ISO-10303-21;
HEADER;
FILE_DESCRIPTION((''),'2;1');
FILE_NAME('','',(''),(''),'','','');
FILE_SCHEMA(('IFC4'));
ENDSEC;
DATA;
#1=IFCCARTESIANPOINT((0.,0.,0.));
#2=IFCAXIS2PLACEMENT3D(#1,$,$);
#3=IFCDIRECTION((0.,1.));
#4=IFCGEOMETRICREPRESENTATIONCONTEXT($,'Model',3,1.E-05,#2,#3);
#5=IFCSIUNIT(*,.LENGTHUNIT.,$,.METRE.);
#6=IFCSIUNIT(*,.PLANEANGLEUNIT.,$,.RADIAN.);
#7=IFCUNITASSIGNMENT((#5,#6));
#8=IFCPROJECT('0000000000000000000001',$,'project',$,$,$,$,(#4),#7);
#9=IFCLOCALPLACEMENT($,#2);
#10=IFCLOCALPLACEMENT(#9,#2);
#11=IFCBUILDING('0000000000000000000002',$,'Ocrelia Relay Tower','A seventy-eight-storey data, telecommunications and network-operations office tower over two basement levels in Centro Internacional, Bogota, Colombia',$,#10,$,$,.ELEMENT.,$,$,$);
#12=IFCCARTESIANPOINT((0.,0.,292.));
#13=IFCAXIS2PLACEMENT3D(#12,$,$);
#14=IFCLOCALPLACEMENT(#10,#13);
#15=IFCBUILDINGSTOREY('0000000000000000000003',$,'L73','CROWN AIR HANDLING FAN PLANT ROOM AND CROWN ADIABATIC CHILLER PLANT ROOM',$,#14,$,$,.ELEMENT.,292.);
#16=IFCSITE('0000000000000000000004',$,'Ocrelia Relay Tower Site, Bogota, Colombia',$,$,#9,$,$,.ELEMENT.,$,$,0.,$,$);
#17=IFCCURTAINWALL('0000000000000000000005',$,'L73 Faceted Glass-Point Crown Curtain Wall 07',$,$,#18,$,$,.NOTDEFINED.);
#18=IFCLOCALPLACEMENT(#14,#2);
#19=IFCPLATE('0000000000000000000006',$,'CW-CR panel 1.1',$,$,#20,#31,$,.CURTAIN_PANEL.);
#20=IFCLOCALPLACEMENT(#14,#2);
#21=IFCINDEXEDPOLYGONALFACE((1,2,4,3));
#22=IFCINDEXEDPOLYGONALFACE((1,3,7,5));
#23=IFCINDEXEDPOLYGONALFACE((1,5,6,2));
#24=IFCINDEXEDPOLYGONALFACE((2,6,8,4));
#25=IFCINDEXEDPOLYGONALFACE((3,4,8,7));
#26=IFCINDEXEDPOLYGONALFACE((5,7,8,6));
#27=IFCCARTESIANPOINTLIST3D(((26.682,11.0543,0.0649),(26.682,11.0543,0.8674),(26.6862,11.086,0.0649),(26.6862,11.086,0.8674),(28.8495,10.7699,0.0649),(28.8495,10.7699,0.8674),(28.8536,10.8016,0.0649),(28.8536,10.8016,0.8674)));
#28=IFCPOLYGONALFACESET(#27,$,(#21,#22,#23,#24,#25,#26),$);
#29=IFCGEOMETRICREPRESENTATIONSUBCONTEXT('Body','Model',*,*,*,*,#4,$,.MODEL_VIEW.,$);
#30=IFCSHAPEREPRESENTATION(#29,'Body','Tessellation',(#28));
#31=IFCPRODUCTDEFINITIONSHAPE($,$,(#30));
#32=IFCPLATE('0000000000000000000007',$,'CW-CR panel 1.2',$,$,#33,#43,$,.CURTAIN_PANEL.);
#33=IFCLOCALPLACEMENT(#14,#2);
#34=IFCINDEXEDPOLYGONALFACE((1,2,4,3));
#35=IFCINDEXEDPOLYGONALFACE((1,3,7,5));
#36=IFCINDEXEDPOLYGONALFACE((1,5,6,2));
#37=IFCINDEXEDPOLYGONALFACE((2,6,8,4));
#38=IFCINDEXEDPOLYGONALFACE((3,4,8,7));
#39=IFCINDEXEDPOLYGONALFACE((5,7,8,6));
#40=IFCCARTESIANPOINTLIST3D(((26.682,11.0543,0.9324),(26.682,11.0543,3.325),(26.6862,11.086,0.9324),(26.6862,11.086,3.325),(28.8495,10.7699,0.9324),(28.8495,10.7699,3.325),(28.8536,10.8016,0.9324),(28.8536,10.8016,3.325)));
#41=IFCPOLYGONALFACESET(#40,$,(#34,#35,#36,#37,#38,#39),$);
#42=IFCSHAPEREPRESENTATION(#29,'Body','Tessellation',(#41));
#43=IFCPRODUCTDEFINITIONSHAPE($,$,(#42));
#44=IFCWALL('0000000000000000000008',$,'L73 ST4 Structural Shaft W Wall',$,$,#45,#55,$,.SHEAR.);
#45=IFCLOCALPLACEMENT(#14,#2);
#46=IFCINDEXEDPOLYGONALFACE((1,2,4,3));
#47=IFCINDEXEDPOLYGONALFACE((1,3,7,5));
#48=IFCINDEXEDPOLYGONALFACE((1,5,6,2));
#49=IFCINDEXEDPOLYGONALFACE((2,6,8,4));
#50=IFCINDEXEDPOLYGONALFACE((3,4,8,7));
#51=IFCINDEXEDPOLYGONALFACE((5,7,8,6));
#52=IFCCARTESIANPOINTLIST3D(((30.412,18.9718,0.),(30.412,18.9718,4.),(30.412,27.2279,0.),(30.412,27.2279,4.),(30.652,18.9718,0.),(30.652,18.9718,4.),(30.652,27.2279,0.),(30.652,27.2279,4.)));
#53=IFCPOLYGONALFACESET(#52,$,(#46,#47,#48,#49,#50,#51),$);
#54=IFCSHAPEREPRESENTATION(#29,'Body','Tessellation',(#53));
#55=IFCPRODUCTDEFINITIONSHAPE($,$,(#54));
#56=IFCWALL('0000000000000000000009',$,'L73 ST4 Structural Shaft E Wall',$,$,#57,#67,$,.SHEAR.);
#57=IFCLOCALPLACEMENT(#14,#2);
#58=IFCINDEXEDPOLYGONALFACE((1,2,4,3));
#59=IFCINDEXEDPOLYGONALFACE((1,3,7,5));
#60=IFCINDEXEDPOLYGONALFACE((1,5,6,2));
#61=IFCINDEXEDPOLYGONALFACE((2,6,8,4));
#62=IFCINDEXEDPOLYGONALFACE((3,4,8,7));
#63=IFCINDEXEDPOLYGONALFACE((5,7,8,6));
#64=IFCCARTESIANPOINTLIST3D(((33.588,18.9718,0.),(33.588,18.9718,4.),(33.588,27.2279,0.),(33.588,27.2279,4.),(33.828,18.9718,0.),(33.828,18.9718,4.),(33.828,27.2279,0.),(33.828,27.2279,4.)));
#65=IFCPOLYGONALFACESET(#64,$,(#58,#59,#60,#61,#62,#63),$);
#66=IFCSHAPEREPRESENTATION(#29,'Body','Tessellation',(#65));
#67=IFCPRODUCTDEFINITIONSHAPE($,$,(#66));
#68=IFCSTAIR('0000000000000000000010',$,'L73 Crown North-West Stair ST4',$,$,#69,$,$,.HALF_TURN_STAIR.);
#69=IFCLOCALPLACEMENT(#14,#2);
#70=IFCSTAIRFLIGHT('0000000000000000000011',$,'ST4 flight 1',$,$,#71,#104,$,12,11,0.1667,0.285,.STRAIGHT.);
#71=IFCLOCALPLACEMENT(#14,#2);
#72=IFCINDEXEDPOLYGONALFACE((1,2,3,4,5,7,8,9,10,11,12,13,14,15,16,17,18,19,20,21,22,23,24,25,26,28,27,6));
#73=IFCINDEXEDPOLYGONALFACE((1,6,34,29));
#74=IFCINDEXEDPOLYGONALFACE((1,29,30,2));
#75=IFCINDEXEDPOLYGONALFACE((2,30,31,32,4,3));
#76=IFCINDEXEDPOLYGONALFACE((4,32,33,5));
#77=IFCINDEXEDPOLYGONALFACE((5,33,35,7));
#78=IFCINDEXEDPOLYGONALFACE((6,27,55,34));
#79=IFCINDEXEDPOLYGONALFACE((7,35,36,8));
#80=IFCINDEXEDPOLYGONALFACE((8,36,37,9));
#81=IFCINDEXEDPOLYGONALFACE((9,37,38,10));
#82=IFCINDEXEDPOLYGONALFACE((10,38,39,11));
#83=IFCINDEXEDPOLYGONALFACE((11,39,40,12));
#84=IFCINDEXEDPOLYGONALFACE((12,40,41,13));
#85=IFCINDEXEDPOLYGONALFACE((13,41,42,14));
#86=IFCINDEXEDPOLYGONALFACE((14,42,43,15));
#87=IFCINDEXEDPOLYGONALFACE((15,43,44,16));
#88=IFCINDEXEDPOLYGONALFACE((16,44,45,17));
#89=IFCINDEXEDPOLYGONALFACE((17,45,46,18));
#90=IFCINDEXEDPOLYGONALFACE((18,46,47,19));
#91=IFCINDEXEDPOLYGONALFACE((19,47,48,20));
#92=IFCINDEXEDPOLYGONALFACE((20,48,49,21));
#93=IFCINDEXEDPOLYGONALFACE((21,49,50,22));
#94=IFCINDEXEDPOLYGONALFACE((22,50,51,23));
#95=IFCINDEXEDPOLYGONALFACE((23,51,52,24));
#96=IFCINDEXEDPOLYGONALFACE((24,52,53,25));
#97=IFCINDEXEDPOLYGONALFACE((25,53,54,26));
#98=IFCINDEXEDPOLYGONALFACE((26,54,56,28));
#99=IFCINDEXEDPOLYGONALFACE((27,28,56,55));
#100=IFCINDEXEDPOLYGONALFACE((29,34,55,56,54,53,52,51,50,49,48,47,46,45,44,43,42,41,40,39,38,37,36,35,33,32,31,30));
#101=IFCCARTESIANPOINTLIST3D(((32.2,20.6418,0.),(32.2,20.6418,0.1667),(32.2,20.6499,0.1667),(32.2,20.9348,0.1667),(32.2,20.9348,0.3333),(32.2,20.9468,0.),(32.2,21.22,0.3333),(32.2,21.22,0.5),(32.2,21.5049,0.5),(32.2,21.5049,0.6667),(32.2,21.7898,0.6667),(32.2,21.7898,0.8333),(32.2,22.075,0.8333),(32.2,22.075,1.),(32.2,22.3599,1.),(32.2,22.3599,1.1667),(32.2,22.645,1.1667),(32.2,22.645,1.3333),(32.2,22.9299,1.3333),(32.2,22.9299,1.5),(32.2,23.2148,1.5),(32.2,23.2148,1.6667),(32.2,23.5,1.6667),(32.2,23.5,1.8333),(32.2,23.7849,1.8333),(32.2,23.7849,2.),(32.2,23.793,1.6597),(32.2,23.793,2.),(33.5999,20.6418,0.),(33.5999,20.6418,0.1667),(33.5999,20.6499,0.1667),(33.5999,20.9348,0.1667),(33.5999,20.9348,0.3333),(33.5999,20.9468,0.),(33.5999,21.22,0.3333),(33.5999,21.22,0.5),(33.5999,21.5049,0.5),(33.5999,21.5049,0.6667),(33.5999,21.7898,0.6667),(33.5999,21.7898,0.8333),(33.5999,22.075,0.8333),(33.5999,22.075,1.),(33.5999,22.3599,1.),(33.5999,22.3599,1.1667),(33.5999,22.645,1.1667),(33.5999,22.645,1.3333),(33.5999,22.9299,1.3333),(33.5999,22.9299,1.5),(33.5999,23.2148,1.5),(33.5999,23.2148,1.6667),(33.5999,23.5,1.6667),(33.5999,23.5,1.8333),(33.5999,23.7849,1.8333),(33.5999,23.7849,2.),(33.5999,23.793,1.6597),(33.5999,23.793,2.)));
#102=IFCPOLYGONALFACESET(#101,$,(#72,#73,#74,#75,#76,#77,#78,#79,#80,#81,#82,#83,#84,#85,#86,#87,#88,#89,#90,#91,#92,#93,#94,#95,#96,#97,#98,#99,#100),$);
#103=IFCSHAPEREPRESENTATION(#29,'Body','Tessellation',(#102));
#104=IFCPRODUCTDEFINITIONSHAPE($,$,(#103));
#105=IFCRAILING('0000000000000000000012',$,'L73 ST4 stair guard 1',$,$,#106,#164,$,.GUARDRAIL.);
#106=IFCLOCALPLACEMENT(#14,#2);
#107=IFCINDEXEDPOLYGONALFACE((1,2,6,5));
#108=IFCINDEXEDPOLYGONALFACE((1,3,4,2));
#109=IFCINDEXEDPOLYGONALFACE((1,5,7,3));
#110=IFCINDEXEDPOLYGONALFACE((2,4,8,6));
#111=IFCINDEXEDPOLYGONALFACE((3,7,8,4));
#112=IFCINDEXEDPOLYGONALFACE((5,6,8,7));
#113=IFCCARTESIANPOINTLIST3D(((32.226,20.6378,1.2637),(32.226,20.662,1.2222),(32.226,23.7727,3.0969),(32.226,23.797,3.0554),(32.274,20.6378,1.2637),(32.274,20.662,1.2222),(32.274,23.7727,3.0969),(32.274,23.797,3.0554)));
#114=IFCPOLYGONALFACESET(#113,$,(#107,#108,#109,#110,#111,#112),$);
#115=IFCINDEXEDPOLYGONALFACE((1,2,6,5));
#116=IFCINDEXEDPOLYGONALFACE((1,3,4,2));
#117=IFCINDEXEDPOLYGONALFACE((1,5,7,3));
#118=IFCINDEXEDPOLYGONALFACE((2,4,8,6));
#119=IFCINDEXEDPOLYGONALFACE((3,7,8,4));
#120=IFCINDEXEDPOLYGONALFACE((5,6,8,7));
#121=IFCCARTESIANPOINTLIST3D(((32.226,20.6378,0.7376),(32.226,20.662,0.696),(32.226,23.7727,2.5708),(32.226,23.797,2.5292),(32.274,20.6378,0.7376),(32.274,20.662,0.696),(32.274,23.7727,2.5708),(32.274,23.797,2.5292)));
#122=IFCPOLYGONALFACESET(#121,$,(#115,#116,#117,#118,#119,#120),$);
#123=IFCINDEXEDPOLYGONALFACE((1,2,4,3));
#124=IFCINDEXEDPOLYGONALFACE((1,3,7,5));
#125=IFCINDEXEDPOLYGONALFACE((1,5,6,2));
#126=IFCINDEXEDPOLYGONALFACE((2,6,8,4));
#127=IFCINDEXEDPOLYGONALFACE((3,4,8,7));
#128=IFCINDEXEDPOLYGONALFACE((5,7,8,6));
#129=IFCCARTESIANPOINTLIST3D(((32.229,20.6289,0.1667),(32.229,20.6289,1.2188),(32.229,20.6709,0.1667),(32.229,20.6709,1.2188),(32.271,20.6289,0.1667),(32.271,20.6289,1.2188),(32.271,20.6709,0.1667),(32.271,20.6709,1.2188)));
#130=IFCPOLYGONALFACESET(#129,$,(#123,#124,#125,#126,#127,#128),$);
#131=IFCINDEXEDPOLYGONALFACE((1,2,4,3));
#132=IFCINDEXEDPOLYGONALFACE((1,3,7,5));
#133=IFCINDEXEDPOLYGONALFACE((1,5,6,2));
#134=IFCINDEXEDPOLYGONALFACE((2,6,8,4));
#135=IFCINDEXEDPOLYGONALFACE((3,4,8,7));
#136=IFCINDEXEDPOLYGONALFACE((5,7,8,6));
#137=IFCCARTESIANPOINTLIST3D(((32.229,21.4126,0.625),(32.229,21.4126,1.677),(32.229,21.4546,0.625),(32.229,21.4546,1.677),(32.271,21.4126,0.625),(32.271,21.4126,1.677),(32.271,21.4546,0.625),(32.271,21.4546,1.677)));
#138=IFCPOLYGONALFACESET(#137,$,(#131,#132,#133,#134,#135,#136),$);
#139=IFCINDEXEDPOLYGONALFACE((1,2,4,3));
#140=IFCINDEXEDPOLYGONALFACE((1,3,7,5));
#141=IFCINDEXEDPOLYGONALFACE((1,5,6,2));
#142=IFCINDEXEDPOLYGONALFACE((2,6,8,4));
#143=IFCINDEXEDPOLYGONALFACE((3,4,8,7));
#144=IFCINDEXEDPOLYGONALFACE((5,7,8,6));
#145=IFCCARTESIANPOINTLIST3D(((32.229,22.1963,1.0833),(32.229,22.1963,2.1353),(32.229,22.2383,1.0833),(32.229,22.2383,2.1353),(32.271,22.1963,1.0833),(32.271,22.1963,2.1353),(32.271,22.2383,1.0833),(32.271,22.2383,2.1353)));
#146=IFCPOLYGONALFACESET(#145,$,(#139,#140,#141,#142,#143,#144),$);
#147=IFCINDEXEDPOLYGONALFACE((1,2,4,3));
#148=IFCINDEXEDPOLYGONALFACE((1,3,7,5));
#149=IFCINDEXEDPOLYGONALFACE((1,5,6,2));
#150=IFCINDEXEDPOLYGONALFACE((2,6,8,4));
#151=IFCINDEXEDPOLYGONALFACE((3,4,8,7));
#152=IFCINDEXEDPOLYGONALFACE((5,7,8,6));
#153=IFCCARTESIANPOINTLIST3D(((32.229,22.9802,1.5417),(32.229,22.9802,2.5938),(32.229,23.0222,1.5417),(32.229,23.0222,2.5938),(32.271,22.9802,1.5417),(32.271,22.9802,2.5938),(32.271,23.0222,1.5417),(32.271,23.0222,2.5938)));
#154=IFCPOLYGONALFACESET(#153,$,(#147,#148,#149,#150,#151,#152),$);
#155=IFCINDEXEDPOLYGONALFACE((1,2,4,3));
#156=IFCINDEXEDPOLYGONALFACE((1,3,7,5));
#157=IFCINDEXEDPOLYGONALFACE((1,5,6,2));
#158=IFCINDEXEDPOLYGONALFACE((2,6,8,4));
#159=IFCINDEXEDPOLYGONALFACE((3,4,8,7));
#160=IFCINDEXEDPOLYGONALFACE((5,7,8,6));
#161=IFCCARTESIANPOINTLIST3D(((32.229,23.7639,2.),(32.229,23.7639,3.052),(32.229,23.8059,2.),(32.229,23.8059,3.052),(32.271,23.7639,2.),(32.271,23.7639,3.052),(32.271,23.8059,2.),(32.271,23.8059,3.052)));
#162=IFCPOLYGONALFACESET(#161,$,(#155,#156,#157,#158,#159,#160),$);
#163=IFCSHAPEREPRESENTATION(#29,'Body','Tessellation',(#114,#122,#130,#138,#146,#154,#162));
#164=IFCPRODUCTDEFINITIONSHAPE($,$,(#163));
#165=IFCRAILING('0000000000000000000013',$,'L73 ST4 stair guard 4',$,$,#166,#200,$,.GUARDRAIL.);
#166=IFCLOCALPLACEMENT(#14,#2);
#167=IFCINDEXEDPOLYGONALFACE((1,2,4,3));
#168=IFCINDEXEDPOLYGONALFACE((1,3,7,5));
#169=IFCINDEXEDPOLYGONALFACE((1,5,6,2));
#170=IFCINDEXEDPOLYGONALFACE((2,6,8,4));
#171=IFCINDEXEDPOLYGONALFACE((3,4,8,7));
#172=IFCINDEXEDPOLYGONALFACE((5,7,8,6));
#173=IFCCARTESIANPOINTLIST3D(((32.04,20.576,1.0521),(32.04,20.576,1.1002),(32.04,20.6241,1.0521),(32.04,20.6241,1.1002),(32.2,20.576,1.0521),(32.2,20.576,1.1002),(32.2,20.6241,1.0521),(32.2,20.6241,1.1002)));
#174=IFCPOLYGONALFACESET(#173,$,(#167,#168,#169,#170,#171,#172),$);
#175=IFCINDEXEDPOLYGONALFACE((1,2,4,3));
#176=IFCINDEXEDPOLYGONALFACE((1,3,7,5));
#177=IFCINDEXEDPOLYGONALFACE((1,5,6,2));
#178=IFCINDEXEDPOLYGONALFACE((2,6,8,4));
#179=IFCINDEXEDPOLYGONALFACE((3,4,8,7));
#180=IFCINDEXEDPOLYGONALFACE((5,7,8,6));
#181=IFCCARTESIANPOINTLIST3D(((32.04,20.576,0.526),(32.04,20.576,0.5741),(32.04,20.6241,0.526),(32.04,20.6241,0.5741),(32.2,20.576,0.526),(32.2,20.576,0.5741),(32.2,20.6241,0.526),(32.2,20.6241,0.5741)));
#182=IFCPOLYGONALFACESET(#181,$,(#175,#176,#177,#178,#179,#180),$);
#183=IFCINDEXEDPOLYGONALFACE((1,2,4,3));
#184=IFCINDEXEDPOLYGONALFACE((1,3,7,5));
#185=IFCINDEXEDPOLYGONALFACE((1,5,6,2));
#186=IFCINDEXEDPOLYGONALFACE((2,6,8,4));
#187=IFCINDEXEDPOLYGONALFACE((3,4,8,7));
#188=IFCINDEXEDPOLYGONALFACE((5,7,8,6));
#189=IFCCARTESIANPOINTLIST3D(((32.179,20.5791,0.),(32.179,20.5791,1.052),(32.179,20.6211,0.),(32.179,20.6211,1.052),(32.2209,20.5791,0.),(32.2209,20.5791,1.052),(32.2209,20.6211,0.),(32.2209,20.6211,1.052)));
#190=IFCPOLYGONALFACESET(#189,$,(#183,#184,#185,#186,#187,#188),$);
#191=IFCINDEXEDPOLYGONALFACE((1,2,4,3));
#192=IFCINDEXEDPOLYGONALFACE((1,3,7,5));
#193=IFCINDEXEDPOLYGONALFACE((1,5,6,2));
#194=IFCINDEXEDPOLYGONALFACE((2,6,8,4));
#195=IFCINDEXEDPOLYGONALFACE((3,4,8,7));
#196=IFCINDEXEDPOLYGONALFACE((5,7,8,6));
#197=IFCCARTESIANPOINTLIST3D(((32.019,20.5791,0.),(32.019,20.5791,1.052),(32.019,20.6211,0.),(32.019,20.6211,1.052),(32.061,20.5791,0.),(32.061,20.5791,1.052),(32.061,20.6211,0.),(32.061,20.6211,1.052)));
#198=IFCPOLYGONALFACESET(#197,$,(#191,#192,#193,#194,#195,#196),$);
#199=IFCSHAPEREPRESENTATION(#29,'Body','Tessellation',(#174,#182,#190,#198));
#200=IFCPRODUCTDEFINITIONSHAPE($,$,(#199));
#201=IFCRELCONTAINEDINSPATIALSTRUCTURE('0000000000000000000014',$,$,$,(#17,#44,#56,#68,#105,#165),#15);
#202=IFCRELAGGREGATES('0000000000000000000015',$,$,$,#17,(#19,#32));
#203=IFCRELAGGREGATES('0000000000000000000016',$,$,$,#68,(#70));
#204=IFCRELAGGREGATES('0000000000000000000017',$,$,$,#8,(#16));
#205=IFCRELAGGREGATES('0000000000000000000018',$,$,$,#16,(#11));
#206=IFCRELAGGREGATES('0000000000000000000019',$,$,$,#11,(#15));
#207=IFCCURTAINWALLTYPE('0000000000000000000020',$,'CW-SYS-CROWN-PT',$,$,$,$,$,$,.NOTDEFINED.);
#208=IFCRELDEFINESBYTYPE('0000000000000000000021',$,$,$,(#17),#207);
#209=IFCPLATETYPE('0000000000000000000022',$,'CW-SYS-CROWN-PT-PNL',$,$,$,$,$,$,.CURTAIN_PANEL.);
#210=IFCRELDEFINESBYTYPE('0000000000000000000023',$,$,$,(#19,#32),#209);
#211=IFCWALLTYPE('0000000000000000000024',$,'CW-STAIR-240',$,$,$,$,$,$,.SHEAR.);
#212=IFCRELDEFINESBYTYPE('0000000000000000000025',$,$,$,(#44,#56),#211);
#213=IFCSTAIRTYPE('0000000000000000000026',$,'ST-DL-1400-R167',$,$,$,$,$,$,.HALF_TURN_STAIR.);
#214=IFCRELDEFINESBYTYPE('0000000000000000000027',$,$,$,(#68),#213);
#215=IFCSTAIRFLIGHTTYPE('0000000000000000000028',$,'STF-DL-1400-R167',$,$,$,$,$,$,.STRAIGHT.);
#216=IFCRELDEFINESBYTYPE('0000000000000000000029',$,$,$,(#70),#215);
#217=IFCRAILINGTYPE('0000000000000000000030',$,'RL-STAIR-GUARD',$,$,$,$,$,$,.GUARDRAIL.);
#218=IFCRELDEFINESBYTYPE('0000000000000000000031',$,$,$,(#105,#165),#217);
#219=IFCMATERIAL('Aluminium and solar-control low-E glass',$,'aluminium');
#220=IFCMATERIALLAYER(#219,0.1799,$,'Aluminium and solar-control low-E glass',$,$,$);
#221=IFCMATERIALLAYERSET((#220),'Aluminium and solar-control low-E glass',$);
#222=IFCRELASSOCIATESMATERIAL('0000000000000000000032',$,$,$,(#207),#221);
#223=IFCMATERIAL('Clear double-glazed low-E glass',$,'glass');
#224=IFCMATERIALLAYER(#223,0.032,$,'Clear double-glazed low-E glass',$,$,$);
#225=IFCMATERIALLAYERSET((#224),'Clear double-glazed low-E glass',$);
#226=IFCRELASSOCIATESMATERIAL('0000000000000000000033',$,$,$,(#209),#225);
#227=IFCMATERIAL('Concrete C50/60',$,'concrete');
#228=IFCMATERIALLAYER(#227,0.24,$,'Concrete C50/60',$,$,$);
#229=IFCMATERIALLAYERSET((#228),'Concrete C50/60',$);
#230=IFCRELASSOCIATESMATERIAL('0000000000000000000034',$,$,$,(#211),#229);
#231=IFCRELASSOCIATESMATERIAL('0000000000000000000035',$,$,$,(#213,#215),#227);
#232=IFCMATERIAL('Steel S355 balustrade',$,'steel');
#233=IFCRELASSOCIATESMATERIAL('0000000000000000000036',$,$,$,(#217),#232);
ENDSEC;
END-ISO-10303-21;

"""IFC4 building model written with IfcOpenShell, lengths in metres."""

from ifc_helpers import new_model, si_unit, direction, frame, frame_2d, origin, origin_2d, place, context, subcontext, project, spatial, polyline, rectangle, outline, extrude, material, layer, layer_set, type_object, element, aggregate, save


model = new_model("IFC4")

# Units and contexts
model_context = context("Model", 3, precision=1e-05, world=origin(), true_north=direction((0.0, 1.0)))
body_context = subcontext(model_context, "Body", "Model", "MODEL_VIEW")
ifc_project = project(units=[si_unit("LENGTHUNIT", "METRE"), si_unit("PLANEANGLEUNIT", "RADIAN")], contexts=[model_context])

# Site, building, storey
site_placement = place(None, origin())
site = spatial("IfcSite", under=ifc_project, at=site_placement, Name="Ocrelia Relay Tower Site, Bogota, Colombia", CompositionType="ELEMENT", RefElevation=0.0)
building_placement = place(site_placement, origin())
building = spatial("IfcBuilding", under=site, at=building_placement, Name="Ocrelia Relay Tower", Description="A seventy-eight-storey data, telecommunications and network-operations office tower over two basement levels in Centro Internacional, Bogota, Colombia", CompositionType="ELEMENT")
storey_placement = place(building_placement, frame((0.0, 0.0, 292.0)))
storey = spatial("IfcBuildingStorey", under=building, at=storey_placement, Name="L73", Description="CROWN AIR HANDLING FAN PLANT ROOM AND CROWN ADIABATIC CHILLER PLANT ROOM", CompositionType="ELEMENT", Elevation=292.0)

# Curtain wall
ifc_material_1 = material(Name="Aluminium and solar-control low-E glass", Category="aluminium")
ifc_layer_1 = layer(ifc_material_1, 0.1799, Name="Aluminium and solar-control low-E glass")
ifc_layer_set_1 = layer_set([ifc_layer_1], Name="Aluminium and solar-control low-E glass")
curtain_wall_type = type_object("IfcCurtainWallType", Name="CW-SYS-CROWN-PT", PredefinedType="NOTDEFINED", material=ifc_layer_set_1)
curtain_wall_placement = place(storey_placement, origin())
curtain_wall = element("IfcCurtainWall", 1, at=curtain_wall_placement, inside=storey, type_object=curtain_wall_type, Name="L73 Faceted Glass-Point Crown Curtain Wall 07", PredefinedType="NOTDEFINED")

# Plates
ifc_material_2 = material(Name="Clear double-glazed low-E glass", Category="glass")
ifc_layer_2 = layer(ifc_material_2, 0.032, Name="Clear double-glazed low-E glass")
ifc_layer_set_2 = layer_set([ifc_layer_2], Name="Clear double-glazed low-E glass")
plate_type = type_object("IfcPlateType", Name="CW-SYS-CROWN-PT-PNL", PredefinedType="CURTAIN_PANEL", material=ifc_layer_set_2)
plate_1_placement = place(storey_placement, frame((27.7678, 10.928, 0.0649), z_axis=(0.0, 0.0, 1.0), x_axis=(0.9915, -0.130108, 0.0)))
plate_1 = element("IfcPlate", 2, at=plate_1_placement, type_object=plate_type, Name="CW-CR panel 1.1", PredefinedType="CURTAIN_PANEL", context=body_context, shape_type="SweptSolid", body=[
    extrude(rectangle(XDim=2.186, YDim=0.032, at=origin_2d()), origin(), (0.0, 0.0, 1.0), 0.8025),
])
plate_2_placement = place(storey_placement, frame((27.7678, 10.928, 0.9324), z_axis=(0.0, 0.0, 1.0), x_axis=(0.9915, -0.130108, 0.0)))
plate_2 = element("IfcPlate", 3, at=plate_2_placement, type_object=plate_type, Name="CW-CR panel 1.2", PredefinedType="CURTAIN_PANEL", context=body_context, shape_type="SweptSolid", body=[
    extrude(rectangle(XDim=2.186, YDim=0.032, at=origin_2d()), origin(), (0.0, 0.0, 1.0), 2.3926),
])
aggregate(curtain_wall, [plate_1, plate_2])

# Shared definitions
ifc_material_3 = material(Name="Concrete C50/60", Category="concrete")
ifc_layer_3 = layer(ifc_material_3, 0.24, Name="Concrete C50/60")
ifc_layer_set_3 = layer_set([ifc_layer_3], Name="Concrete C50/60")
wall_type = type_object("IfcWallType", Name="CW-STAIR-240", PredefinedType="SHEAR", material=ifc_layer_set_3)

# Walls
for number, where, z_axis, x_axis, name in (
    (4, (30.532, 18.9719, 0.0), (0.0, 0.0, 1.0), (0.0, 1.0, 0.0), "L73 ST4 Structural Shaft W Wall"),
    (5, (33.708, 18.9719, 0.0), (0.0, 0.0, 1.0), (0.0, 1.0, 0.0), "L73 ST4 Structural Shaft E Wall"),
):
    element("IfcWall", number, at=place(storey_placement, frame(where, z_axis=z_axis, x_axis=x_axis)), inside=storey, type_object=wall_type, Name=name, PredefinedType="SHEAR", context=body_context, shape_type="SweptSolid", body=[
        extrude(rectangle(XDim=8.2561, YDim=0.24, at=frame_2d((4.1279, 0.0))), origin(), (0.0, 0.0, 1.0), 4.0),
    ])

# Stair, stair flight
stair_type = type_object("IfcStairType", Name="ST-DL-1400-R167", PredefinedType="HALF_TURN_STAIR", material=ifc_material_3)
stair_placement = place(storey_placement, origin())
stair = element("IfcStair", 6, at=stair_placement, inside=storey, type_object=stair_type, Name="L73 Crown North-West Stair ST4", PredefinedType="HALF_TURN_STAIR")
stair_flight_type = type_object("IfcStairFlightType", Name="STF-DL-1400-R167", PredefinedType="STRAIGHT", material=ifc_material_3)
stair_flight_placement = place(storey_placement, frame((32.8999, 20.6499, 0.0), z_axis=(0.0, 0.0, 1.0), x_axis=(0.0, 1.0, 0.0)))
stair_flight = element("IfcStairFlight", 7, at=stair_flight_placement, type_object=stair_flight_type, Name="ST4 flight 1", NumberOfRisers=12, NumberOfTreads=11, PredefinedType="STRAIGHT", RiserHeight=0.1667, TreadLength=0.285, context=body_context, shape_type="SweptSolid", body=[
    extrude(outline(polyline([(-0.0081, 0.0), (-0.0081, 0.1667), (0.0, 0.1667), (0.2849, 0.1667), (0.2849, 0.3333), (0.5701, 0.3333), (0.5701, 0.5), (0.855, 0.5), (0.855, 0.6667), (1.1399, 0.6667), (1.1399, 0.8333), (1.425, 0.8333), (1.425, 1.0), (1.71, 1.0), (1.71, 1.1667), (1.9951, 1.1667), (1.9951, 1.3333), (2.28, 1.3333), (2.28, 1.5), (2.5649, 1.5), (2.5649, 1.6667), (2.8501, 1.6667), (2.8501, 1.8333), (3.135, 1.8333), (3.135, 2.0), (3.1431, 2.0), (3.1431, 1.6597), (0.2969, 0.0), (-0.0081, 0.0)])), frame((0.0, 0.7, 0.0), z_axis=(0.0, -1.0, 0.0), x_axis=(1.0, 0.0, 0.0)), (0.0, 0.0, 1.0), 1.3999),
])
aggregate(stair, [stair_flight])

# Railings
ifc_material_4 = material(Name="Steel S355 balustrade", Category="steel")
railing_type_1 = type_object("IfcRailingType", Name="RL-STAIR-GUARD", PredefinedType="GUARDRAIL", material=ifc_material_4)
railing_1_placement = place(storey_placement, frame((32.25, 20.6499, 0.1667)))
element("IfcRailing", 8, at=railing_1_placement, inside=storey, type_object=railing_type_1, Name="L73 ST4 stair guard 1", PredefinedType="GUARDRAIL", context=body_context, shape_type="SweptSolid", body=[
    extrude(rectangle(XDim=0.0481, YDim=0.0481, at=origin_2d()), frame((0.0, 0.0, 1.0762), z_axis=(0.0, 0.86324, 0.504794), x_axis=(-1.0, 0.0, 0.0)), (0.0, 0.0, 1.0), 3.6316),
    extrude(rectangle(XDim=0.0481, YDim=0.0481, at=origin_2d()), frame((0.0, 0.0, 0.55), z_axis=(0.0, 0.86324, 0.504794), x_axis=(-1.0, 0.0, 0.0)), (0.0, 0.0, 1.0), 3.6316),
    extrude(rectangle(XDim=0.042, YDim=0.042, at=origin_2d()), origin(), (0.0, 0.0, 1.0), 1.052),
    extrude(rectangle(XDim=0.042, YDim=0.042, at=origin_2d()), frame((0.0, 0.7837, 0.4583)), (0.0, 0.0, 1.0), 1.052),
    extrude(rectangle(XDim=0.042, YDim=0.042, at=origin_2d()), frame((0.0, 1.5674, 0.9165)), (0.0, 0.0, 1.0), 1.052),
    extrude(rectangle(XDim=0.042, YDim=0.042, at=origin_2d()), frame((0.0, 2.3513, 1.375)), (0.0, 0.0, 1.0), 1.052),
    extrude(rectangle(XDim=0.042, YDim=0.042, at=origin_2d()), frame((0.0, 3.135, 1.8333)), (0.0, 0.0, 1.0), 1.052),
])
railing_2_placement = place(storey_placement, frame((32.2, 20.6001, 0.0)))
element("IfcRailing", 9, at=railing_2_placement, inside=storey, type_object=railing_type_1, Name="L73 ST4 stair guard 4", PredefinedType="GUARDRAIL", context=body_context, shape_type="SweptSolid", body=[
    extrude(rectangle(XDim=0.0481, YDim=0.0481, at=origin_2d()), frame((0.0, 0.0, 1.0762), z_axis=(-1.0, 0.0, 0.0), x_axis=(0.0, -1.0, 0.0)), (0.0, 0.0, 1.0), 0.1599),
    extrude(rectangle(XDim=0.0481, YDim=0.0481, at=origin_2d()), frame((0.0, 0.0, 0.55), z_axis=(-1.0, 0.0, 0.0), x_axis=(0.0, -1.0, 0.0)), (0.0, 0.0, 1.0), 0.1599),
    extrude(rectangle(XDim=0.042, YDim=0.042, at=origin_2d()), origin(), (0.0, 0.0, 1.0), 1.052),
    extrude(rectangle(XDim=0.042, YDim=0.042, at=origin_2d()), frame((-0.1599, 0.0, 0.0)), (0.0, 0.0, 1.0), 1.052),
])

save(model, "model.ifc")
